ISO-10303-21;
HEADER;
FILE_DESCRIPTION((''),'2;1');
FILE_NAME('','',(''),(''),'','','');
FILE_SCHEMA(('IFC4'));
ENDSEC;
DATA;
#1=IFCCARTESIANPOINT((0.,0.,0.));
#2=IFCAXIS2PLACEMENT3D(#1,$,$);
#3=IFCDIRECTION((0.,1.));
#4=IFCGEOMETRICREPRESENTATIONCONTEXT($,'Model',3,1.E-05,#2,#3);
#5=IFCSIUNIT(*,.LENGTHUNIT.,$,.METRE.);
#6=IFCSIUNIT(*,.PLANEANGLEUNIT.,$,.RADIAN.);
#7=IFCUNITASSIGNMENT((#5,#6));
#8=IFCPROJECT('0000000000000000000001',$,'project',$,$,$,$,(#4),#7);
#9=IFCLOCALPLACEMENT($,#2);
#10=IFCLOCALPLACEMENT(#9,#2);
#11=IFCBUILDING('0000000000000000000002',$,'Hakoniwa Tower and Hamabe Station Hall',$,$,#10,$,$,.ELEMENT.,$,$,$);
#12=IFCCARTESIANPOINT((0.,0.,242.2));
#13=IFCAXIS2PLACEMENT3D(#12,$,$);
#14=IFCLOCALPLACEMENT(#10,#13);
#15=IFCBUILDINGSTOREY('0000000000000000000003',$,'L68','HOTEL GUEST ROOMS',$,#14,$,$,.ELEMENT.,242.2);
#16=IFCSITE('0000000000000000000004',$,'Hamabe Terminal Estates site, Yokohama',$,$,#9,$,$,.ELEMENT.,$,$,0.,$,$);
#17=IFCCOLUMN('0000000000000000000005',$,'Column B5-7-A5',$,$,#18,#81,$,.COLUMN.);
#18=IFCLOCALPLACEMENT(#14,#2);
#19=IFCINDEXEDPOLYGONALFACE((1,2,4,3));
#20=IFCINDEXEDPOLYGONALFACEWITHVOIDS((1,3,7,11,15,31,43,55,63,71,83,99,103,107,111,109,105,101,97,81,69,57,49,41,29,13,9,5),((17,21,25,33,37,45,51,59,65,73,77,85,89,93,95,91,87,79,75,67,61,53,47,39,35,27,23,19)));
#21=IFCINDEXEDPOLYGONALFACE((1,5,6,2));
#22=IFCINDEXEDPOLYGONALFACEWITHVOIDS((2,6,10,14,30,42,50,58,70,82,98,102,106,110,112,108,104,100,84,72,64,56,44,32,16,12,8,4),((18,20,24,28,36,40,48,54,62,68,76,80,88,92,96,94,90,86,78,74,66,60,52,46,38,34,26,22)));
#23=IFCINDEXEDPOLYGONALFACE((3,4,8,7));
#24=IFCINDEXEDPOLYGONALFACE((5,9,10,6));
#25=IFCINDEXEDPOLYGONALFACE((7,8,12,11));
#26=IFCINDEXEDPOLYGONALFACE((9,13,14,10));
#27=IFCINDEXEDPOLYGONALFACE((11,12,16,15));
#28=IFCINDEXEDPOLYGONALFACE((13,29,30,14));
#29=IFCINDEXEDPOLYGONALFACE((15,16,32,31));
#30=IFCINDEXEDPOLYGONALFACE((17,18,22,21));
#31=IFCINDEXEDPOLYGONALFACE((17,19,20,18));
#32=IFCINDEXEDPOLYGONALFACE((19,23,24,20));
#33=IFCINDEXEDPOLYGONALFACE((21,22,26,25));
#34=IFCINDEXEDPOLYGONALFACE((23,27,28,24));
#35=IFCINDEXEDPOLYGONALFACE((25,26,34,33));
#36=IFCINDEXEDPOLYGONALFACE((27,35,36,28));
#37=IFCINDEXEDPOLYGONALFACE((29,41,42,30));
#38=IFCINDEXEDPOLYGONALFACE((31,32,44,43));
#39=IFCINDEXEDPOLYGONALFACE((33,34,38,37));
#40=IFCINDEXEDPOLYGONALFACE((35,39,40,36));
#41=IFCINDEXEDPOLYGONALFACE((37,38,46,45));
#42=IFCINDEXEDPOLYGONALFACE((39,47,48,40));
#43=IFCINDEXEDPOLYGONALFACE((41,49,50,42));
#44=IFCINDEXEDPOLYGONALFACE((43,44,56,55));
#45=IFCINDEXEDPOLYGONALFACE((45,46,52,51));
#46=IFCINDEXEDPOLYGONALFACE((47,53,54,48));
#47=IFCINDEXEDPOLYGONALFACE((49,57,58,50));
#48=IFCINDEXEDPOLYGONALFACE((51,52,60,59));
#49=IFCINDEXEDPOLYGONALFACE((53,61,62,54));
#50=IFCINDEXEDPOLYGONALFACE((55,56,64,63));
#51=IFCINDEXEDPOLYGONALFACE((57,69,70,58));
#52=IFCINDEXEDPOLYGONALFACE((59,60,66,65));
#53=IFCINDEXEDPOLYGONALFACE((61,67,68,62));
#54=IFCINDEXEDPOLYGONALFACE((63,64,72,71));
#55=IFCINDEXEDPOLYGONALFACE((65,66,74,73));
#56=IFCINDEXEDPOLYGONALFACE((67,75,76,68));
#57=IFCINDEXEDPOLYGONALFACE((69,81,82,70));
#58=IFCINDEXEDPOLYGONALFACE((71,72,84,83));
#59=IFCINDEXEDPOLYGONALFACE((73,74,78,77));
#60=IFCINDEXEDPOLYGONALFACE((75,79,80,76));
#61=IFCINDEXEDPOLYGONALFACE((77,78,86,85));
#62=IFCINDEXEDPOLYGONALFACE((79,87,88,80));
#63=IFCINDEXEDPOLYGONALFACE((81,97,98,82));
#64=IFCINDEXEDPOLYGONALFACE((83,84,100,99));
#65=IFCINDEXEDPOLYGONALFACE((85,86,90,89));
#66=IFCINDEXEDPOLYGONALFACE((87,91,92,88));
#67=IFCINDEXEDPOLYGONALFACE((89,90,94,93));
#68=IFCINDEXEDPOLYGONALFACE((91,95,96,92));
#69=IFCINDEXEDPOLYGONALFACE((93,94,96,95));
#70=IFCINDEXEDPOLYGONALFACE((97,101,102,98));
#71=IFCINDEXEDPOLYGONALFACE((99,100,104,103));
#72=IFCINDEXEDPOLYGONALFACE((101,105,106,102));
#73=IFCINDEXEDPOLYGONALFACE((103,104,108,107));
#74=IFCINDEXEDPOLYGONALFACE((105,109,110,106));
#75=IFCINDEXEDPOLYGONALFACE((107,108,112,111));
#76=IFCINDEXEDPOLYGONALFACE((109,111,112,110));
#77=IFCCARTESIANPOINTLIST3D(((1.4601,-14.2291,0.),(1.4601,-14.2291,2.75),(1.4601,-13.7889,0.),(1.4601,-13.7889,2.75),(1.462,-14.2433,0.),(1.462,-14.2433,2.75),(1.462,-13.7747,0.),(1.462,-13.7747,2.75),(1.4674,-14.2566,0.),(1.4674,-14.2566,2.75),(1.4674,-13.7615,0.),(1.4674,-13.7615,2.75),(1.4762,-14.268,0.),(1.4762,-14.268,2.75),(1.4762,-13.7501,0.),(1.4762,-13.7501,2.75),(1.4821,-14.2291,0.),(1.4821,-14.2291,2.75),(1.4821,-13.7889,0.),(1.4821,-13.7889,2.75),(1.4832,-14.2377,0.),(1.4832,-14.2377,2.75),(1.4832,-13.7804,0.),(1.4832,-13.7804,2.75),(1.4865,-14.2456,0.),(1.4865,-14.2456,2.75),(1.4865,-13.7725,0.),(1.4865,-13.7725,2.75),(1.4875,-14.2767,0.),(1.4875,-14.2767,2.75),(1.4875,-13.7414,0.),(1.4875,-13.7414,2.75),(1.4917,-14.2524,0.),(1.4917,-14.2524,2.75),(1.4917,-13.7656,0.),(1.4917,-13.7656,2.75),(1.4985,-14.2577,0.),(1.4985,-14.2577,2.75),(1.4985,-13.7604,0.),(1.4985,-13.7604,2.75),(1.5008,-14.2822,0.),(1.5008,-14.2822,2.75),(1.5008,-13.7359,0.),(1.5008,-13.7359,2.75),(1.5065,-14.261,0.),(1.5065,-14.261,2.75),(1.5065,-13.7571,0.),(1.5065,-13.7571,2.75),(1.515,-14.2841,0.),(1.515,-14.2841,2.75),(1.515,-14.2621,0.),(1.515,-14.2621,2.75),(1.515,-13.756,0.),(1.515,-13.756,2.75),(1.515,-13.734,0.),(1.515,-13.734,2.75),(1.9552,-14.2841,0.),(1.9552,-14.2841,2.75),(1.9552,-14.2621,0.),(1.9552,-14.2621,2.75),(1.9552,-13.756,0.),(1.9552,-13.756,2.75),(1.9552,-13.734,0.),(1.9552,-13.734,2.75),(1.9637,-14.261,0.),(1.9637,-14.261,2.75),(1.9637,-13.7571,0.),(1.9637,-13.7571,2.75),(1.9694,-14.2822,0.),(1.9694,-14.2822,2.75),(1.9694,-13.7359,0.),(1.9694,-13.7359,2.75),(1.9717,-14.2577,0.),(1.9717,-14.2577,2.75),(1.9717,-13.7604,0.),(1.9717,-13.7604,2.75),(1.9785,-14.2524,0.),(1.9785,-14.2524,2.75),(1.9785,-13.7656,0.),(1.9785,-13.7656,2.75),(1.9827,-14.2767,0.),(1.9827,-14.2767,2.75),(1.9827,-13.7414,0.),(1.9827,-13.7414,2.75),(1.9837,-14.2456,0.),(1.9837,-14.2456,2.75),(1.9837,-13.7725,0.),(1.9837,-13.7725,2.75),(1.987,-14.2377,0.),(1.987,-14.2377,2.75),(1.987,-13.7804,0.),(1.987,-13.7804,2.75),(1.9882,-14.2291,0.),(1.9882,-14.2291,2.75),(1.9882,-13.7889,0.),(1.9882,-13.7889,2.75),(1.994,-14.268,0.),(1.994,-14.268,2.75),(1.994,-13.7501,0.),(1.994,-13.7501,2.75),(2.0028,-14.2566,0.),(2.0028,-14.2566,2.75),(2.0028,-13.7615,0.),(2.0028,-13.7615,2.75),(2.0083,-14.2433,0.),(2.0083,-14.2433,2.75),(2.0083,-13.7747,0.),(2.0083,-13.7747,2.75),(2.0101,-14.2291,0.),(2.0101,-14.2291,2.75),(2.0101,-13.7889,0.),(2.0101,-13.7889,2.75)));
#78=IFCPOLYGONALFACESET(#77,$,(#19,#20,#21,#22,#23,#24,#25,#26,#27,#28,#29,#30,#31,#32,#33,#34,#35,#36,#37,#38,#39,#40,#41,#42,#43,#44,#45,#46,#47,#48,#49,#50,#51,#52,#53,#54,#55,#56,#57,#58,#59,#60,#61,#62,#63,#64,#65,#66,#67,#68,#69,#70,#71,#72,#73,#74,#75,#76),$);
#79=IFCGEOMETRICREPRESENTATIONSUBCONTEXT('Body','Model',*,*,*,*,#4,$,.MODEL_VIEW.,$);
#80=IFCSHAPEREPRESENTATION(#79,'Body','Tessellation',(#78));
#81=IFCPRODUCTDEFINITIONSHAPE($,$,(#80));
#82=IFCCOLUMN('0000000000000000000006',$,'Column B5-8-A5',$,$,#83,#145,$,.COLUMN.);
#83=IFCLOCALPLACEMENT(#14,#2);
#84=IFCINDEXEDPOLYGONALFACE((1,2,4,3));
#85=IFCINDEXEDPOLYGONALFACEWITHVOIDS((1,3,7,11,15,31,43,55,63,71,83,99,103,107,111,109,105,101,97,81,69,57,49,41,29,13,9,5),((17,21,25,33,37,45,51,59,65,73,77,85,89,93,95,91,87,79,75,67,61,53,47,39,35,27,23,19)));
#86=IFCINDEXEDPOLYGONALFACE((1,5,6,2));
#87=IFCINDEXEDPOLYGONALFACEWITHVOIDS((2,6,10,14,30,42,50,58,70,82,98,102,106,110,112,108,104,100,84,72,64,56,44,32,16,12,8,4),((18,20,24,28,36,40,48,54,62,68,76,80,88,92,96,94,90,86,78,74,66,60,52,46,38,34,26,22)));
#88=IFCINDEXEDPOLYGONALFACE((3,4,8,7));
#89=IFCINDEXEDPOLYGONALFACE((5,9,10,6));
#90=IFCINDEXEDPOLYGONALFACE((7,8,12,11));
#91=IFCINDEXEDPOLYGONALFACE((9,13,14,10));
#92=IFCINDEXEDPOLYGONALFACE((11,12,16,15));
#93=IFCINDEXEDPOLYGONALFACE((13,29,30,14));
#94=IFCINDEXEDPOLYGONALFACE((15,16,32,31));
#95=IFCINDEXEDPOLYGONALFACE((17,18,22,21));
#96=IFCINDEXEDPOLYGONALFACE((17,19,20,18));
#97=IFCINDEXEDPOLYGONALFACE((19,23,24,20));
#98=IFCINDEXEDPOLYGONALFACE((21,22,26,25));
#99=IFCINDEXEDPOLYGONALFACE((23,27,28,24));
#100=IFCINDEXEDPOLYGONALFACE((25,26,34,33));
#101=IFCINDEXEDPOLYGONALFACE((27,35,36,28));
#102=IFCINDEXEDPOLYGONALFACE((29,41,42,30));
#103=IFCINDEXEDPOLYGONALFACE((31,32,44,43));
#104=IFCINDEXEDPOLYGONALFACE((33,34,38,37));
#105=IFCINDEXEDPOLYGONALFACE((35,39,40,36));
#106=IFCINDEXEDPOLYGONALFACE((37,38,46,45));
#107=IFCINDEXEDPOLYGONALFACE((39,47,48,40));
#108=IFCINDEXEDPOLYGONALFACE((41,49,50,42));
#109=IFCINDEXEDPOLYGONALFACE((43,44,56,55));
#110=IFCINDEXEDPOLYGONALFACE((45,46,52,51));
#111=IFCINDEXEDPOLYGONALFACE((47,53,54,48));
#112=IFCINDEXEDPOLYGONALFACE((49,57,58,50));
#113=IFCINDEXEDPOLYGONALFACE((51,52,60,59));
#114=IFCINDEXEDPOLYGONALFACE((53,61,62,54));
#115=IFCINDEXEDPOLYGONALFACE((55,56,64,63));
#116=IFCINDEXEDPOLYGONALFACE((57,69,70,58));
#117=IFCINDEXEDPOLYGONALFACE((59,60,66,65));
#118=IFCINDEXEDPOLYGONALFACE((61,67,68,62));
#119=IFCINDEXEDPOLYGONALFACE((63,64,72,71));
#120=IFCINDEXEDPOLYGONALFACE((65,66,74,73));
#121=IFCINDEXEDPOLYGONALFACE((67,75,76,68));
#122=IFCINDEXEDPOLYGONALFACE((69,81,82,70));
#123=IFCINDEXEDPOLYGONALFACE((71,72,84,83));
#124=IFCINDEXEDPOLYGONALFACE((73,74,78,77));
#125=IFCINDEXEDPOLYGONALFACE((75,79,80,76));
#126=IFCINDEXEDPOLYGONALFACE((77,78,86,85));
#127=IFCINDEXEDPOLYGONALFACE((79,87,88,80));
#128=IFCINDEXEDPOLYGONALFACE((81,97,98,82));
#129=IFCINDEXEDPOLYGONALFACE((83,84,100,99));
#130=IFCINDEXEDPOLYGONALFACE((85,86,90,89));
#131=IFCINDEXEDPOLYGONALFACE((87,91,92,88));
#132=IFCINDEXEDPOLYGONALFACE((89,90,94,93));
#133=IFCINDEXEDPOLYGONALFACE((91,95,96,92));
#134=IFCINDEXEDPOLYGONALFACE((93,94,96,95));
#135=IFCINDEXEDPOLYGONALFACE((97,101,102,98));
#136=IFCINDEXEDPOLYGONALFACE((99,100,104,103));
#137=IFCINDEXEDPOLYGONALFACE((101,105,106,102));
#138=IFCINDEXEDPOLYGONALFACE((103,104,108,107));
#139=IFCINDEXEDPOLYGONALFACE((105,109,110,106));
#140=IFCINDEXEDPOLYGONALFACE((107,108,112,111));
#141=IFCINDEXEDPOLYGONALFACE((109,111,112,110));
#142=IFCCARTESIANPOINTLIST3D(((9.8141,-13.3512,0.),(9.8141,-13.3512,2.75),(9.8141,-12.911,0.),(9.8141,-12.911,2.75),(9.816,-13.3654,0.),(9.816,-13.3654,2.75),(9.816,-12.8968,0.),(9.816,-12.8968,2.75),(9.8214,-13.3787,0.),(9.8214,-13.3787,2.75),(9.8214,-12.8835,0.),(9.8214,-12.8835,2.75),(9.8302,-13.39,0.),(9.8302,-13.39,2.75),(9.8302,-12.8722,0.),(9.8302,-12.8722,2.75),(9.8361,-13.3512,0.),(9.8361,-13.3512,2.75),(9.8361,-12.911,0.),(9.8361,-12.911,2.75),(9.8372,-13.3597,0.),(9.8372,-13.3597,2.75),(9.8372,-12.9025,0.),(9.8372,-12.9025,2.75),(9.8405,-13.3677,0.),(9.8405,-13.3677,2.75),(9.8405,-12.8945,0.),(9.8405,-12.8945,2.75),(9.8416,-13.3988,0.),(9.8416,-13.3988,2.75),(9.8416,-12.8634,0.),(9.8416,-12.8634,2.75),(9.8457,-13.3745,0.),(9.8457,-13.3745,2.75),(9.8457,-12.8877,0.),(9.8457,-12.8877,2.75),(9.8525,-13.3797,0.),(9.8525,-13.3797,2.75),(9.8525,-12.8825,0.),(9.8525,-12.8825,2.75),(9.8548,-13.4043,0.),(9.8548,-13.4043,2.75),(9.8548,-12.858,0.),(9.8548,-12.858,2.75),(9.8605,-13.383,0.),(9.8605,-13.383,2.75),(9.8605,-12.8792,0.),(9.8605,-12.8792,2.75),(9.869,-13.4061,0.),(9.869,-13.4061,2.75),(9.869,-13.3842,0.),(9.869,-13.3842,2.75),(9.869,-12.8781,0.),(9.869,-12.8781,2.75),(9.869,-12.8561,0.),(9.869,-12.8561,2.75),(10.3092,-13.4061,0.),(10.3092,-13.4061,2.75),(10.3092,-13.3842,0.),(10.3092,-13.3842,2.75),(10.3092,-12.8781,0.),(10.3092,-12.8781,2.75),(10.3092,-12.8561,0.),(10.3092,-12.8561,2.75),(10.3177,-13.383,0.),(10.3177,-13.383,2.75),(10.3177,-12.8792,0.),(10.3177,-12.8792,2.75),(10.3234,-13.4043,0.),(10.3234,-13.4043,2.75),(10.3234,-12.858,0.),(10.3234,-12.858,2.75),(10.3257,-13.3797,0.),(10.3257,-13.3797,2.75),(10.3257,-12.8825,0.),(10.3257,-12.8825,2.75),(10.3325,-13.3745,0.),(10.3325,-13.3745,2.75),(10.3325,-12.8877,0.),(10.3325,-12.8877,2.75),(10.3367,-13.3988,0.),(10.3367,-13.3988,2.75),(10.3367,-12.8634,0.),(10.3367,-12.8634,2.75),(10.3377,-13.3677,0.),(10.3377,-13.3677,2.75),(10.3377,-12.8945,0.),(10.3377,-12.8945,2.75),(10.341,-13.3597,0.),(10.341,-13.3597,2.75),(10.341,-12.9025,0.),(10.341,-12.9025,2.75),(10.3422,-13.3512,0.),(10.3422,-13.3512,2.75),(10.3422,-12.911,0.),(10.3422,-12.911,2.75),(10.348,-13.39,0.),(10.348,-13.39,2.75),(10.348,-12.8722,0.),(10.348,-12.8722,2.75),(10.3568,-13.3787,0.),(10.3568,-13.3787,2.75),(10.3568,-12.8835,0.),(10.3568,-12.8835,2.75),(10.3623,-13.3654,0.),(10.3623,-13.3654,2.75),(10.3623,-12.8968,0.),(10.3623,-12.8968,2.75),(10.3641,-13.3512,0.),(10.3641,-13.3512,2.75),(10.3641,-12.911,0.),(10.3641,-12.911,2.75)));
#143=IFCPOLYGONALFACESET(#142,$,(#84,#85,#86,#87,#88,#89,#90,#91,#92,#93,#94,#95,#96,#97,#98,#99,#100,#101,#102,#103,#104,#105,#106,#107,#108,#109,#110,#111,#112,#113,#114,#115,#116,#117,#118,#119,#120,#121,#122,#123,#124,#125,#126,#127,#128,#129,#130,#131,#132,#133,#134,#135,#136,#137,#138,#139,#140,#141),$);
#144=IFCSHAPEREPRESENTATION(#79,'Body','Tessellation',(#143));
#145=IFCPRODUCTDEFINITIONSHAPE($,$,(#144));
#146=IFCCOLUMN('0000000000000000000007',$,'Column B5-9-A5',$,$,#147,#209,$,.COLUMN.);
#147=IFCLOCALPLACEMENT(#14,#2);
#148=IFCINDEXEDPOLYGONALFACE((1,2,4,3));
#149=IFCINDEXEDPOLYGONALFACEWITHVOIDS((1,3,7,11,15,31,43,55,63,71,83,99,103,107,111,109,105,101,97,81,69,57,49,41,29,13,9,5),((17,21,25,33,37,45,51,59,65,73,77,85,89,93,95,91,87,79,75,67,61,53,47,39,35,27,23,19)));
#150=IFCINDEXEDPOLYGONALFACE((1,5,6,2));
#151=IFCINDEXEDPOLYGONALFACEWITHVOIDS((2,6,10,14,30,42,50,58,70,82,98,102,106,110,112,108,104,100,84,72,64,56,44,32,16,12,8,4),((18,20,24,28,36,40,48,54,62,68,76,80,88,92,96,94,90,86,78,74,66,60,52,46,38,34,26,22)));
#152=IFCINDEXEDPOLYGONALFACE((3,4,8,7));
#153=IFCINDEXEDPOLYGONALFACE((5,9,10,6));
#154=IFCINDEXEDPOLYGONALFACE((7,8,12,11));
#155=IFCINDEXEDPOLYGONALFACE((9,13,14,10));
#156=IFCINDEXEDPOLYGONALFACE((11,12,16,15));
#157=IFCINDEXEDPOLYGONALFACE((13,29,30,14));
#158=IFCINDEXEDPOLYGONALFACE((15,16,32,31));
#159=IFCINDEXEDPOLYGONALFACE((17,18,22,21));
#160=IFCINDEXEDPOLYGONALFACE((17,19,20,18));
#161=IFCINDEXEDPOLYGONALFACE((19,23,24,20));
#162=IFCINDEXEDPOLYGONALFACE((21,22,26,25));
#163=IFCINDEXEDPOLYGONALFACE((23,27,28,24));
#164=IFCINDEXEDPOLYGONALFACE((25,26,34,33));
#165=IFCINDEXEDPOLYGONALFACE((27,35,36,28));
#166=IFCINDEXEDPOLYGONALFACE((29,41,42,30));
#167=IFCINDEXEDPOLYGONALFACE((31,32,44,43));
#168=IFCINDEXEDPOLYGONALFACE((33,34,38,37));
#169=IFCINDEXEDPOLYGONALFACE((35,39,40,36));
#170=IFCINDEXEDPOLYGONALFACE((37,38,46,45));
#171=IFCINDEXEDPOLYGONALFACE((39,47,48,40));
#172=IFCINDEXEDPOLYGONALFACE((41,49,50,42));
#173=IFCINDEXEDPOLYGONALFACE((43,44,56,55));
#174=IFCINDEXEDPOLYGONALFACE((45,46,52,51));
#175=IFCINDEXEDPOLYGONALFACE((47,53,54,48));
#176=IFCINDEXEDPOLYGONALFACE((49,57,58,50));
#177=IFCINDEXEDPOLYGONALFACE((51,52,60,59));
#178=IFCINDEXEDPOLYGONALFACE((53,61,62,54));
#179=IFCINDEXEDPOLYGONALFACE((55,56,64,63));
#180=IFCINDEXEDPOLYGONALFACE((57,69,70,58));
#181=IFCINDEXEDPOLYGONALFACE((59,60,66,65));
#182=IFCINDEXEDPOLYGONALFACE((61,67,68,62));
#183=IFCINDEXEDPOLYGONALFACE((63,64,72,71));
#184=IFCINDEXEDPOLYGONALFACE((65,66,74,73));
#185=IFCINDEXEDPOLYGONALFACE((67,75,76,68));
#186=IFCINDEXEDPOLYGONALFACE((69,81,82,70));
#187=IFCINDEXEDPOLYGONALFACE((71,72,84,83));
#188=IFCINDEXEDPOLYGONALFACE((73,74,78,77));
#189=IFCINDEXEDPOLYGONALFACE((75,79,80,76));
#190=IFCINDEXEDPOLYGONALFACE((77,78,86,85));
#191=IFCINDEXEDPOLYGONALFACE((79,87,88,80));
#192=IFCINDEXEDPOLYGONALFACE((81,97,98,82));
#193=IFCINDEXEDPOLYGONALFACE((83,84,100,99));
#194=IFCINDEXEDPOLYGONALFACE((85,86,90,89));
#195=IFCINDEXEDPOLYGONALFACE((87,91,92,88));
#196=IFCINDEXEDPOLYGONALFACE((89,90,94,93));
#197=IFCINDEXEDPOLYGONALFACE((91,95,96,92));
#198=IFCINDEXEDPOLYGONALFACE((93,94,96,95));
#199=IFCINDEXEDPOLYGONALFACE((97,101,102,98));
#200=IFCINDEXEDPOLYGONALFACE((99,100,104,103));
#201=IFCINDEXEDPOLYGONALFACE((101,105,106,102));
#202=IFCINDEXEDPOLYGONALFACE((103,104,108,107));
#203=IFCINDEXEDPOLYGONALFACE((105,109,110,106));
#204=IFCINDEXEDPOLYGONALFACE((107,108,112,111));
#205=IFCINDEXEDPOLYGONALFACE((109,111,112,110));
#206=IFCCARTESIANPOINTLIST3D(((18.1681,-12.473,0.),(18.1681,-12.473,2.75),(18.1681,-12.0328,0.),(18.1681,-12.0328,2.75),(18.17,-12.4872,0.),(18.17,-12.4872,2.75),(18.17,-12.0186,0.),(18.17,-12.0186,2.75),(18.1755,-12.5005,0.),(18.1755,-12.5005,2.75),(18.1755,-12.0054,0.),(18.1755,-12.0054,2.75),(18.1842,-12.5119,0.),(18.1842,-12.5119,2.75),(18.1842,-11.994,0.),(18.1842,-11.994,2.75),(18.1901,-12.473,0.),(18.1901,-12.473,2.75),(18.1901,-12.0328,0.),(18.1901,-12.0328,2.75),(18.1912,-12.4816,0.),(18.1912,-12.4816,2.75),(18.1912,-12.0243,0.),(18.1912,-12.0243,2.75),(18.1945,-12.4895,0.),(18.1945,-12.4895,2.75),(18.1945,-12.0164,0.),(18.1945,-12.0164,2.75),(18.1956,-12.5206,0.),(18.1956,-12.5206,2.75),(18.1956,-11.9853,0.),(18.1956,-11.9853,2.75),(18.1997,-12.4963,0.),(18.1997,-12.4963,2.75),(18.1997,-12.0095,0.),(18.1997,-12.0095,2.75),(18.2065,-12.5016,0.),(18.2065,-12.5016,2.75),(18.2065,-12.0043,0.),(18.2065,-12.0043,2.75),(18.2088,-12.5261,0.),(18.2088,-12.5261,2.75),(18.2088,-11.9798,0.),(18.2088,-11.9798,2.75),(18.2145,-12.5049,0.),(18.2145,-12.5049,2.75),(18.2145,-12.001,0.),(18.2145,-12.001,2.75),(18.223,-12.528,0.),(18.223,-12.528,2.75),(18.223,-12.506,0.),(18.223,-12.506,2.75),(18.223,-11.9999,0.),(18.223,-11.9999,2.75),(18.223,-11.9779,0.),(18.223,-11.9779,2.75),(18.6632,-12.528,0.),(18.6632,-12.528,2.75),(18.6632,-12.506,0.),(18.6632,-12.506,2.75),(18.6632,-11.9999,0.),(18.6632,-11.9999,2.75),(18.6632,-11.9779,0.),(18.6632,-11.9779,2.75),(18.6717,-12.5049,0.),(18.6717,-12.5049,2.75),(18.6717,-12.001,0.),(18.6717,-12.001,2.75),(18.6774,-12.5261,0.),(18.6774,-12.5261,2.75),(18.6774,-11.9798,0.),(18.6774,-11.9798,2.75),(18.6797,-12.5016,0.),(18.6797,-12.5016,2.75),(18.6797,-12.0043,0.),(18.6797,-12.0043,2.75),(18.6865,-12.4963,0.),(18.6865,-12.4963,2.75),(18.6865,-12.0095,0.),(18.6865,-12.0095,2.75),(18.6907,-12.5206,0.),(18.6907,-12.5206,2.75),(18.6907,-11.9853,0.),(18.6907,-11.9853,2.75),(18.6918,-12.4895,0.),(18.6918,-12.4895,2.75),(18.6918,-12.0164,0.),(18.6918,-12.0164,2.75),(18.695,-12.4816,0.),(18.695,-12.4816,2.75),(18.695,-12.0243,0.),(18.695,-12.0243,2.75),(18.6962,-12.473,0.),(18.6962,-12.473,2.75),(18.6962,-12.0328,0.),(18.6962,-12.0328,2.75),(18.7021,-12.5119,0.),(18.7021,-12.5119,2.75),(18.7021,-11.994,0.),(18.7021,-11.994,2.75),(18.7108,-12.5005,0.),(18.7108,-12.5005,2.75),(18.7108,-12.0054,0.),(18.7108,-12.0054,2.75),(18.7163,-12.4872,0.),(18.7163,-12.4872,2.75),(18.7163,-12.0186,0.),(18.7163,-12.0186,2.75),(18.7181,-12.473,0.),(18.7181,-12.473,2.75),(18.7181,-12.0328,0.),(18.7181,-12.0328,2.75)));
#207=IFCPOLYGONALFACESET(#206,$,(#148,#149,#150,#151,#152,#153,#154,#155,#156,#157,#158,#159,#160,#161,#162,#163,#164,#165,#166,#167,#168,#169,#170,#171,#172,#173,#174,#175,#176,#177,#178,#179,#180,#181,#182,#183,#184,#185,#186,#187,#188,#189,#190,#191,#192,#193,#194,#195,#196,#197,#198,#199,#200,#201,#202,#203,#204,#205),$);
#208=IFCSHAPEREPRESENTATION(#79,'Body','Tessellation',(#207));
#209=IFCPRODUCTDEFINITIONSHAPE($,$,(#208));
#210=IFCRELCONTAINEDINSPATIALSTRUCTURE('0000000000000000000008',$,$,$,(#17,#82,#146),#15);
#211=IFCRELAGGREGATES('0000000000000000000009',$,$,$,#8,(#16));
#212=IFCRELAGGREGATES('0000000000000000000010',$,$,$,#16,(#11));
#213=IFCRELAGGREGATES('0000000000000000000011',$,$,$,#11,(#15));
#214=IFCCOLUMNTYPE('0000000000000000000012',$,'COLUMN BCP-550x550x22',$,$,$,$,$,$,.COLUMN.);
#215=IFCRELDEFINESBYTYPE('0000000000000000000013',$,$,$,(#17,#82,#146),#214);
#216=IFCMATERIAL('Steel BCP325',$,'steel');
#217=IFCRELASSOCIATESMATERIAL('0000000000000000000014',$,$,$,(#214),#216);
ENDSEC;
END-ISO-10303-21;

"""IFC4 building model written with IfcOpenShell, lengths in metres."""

from ifc_helpers import new_model, si_unit, direction, frame, origin, origin_2d, place, context, subcontext, project, spatial, hollow_rectangle, extrude, material, material_profile, profile_set, type_object, element, save


model = new_model("IFC4")

# Units and contexts
model_context = context("Model", 3, precision=1e-05, world=origin(), true_north=direction((0.0, 1.0)))
body_context = subcontext(model_context, "Body", "Model", "MODEL_VIEW")
ifc_project = project(units=[si_unit("LENGTHUNIT", "METRE"), si_unit("PLANEANGLEUNIT", "RADIAN")], contexts=[model_context])

# Site, building, storey
site_placement = place(None, origin())
site = spatial("IfcSite", under=ifc_project, at=site_placement, Name="Hamabe Terminal Estates site, Yokohama", CompositionType="ELEMENT", RefElevation=0.0)
building_placement = place(site_placement, origin())
building = spatial("IfcBuilding", under=site, at=building_placement, Name="Hakoniwa Tower and Hamabe Station Hall", CompositionType="ELEMENT")
storey_placement = place(building_placement, frame((0.0, 0.0, 242.2)))
storey = spatial("IfcBuildingStorey", under=building, at=storey_placement, Name="L68", Description="HOTEL GUEST ROOMS", CompositionType="ELEMENT", Elevation=242.2)

# Columns
ifc_material_1 = material(Name="Steel BCP325", Category="steel")
ifc_material_profile_1 = material_profile(ifc_material_1, hollow_rectangle(XDim=0.55, YDim=0.55, WallThickness=0.022, InnerFilletRadius=0.033, OuterFilletRadius=0.0549, at=origin_2d()), Name="BCP-550x550x22")
ifc_profile_set_1 = profile_set([ifc_material_profile_1], Name="Steel BCP325")
column_type = type_object("IfcColumnType", Name="COLUMN BCP-550x550x22", PredefinedType="COLUMN", material=ifc_profile_set_1)
for number, where, z_axis, x_axis, name in (
    (1, (1.7351, -14.009, 0.0), (0.0, 0.0, 1.0), (1.0, 0.0, 0.0), "Column B5-7-A5"),
    (2, (10.0891, -13.1311, 0.0), (0.0, 0.0, 1.0), (1.0, 0.0, 0.0), "Column B5-8-A5"),
    (3, (18.4431, -12.2529, 0.0), (0.0, 0.0, 1.0), (1.0, 0.0, 0.0), "Column B5-9-A5"),
):
    element("IfcColumn", number, at=place(storey_placement, frame(where, z_axis=z_axis, x_axis=x_axis)), inside=storey, type_object=column_type, Name=name, PredefinedType="COLUMN", context=body_context, shape_type="SweptSolid", body=[
        extrude(hollow_rectangle(XDim=0.55, YDim=0.55, WallThickness=0.022, InnerFilletRadius=0.033, OuterFilletRadius=0.0549, at=origin_2d()), origin(), (0.0, 0.0, 1.0), 2.75),
    ])

save(model, "model.ifc")
